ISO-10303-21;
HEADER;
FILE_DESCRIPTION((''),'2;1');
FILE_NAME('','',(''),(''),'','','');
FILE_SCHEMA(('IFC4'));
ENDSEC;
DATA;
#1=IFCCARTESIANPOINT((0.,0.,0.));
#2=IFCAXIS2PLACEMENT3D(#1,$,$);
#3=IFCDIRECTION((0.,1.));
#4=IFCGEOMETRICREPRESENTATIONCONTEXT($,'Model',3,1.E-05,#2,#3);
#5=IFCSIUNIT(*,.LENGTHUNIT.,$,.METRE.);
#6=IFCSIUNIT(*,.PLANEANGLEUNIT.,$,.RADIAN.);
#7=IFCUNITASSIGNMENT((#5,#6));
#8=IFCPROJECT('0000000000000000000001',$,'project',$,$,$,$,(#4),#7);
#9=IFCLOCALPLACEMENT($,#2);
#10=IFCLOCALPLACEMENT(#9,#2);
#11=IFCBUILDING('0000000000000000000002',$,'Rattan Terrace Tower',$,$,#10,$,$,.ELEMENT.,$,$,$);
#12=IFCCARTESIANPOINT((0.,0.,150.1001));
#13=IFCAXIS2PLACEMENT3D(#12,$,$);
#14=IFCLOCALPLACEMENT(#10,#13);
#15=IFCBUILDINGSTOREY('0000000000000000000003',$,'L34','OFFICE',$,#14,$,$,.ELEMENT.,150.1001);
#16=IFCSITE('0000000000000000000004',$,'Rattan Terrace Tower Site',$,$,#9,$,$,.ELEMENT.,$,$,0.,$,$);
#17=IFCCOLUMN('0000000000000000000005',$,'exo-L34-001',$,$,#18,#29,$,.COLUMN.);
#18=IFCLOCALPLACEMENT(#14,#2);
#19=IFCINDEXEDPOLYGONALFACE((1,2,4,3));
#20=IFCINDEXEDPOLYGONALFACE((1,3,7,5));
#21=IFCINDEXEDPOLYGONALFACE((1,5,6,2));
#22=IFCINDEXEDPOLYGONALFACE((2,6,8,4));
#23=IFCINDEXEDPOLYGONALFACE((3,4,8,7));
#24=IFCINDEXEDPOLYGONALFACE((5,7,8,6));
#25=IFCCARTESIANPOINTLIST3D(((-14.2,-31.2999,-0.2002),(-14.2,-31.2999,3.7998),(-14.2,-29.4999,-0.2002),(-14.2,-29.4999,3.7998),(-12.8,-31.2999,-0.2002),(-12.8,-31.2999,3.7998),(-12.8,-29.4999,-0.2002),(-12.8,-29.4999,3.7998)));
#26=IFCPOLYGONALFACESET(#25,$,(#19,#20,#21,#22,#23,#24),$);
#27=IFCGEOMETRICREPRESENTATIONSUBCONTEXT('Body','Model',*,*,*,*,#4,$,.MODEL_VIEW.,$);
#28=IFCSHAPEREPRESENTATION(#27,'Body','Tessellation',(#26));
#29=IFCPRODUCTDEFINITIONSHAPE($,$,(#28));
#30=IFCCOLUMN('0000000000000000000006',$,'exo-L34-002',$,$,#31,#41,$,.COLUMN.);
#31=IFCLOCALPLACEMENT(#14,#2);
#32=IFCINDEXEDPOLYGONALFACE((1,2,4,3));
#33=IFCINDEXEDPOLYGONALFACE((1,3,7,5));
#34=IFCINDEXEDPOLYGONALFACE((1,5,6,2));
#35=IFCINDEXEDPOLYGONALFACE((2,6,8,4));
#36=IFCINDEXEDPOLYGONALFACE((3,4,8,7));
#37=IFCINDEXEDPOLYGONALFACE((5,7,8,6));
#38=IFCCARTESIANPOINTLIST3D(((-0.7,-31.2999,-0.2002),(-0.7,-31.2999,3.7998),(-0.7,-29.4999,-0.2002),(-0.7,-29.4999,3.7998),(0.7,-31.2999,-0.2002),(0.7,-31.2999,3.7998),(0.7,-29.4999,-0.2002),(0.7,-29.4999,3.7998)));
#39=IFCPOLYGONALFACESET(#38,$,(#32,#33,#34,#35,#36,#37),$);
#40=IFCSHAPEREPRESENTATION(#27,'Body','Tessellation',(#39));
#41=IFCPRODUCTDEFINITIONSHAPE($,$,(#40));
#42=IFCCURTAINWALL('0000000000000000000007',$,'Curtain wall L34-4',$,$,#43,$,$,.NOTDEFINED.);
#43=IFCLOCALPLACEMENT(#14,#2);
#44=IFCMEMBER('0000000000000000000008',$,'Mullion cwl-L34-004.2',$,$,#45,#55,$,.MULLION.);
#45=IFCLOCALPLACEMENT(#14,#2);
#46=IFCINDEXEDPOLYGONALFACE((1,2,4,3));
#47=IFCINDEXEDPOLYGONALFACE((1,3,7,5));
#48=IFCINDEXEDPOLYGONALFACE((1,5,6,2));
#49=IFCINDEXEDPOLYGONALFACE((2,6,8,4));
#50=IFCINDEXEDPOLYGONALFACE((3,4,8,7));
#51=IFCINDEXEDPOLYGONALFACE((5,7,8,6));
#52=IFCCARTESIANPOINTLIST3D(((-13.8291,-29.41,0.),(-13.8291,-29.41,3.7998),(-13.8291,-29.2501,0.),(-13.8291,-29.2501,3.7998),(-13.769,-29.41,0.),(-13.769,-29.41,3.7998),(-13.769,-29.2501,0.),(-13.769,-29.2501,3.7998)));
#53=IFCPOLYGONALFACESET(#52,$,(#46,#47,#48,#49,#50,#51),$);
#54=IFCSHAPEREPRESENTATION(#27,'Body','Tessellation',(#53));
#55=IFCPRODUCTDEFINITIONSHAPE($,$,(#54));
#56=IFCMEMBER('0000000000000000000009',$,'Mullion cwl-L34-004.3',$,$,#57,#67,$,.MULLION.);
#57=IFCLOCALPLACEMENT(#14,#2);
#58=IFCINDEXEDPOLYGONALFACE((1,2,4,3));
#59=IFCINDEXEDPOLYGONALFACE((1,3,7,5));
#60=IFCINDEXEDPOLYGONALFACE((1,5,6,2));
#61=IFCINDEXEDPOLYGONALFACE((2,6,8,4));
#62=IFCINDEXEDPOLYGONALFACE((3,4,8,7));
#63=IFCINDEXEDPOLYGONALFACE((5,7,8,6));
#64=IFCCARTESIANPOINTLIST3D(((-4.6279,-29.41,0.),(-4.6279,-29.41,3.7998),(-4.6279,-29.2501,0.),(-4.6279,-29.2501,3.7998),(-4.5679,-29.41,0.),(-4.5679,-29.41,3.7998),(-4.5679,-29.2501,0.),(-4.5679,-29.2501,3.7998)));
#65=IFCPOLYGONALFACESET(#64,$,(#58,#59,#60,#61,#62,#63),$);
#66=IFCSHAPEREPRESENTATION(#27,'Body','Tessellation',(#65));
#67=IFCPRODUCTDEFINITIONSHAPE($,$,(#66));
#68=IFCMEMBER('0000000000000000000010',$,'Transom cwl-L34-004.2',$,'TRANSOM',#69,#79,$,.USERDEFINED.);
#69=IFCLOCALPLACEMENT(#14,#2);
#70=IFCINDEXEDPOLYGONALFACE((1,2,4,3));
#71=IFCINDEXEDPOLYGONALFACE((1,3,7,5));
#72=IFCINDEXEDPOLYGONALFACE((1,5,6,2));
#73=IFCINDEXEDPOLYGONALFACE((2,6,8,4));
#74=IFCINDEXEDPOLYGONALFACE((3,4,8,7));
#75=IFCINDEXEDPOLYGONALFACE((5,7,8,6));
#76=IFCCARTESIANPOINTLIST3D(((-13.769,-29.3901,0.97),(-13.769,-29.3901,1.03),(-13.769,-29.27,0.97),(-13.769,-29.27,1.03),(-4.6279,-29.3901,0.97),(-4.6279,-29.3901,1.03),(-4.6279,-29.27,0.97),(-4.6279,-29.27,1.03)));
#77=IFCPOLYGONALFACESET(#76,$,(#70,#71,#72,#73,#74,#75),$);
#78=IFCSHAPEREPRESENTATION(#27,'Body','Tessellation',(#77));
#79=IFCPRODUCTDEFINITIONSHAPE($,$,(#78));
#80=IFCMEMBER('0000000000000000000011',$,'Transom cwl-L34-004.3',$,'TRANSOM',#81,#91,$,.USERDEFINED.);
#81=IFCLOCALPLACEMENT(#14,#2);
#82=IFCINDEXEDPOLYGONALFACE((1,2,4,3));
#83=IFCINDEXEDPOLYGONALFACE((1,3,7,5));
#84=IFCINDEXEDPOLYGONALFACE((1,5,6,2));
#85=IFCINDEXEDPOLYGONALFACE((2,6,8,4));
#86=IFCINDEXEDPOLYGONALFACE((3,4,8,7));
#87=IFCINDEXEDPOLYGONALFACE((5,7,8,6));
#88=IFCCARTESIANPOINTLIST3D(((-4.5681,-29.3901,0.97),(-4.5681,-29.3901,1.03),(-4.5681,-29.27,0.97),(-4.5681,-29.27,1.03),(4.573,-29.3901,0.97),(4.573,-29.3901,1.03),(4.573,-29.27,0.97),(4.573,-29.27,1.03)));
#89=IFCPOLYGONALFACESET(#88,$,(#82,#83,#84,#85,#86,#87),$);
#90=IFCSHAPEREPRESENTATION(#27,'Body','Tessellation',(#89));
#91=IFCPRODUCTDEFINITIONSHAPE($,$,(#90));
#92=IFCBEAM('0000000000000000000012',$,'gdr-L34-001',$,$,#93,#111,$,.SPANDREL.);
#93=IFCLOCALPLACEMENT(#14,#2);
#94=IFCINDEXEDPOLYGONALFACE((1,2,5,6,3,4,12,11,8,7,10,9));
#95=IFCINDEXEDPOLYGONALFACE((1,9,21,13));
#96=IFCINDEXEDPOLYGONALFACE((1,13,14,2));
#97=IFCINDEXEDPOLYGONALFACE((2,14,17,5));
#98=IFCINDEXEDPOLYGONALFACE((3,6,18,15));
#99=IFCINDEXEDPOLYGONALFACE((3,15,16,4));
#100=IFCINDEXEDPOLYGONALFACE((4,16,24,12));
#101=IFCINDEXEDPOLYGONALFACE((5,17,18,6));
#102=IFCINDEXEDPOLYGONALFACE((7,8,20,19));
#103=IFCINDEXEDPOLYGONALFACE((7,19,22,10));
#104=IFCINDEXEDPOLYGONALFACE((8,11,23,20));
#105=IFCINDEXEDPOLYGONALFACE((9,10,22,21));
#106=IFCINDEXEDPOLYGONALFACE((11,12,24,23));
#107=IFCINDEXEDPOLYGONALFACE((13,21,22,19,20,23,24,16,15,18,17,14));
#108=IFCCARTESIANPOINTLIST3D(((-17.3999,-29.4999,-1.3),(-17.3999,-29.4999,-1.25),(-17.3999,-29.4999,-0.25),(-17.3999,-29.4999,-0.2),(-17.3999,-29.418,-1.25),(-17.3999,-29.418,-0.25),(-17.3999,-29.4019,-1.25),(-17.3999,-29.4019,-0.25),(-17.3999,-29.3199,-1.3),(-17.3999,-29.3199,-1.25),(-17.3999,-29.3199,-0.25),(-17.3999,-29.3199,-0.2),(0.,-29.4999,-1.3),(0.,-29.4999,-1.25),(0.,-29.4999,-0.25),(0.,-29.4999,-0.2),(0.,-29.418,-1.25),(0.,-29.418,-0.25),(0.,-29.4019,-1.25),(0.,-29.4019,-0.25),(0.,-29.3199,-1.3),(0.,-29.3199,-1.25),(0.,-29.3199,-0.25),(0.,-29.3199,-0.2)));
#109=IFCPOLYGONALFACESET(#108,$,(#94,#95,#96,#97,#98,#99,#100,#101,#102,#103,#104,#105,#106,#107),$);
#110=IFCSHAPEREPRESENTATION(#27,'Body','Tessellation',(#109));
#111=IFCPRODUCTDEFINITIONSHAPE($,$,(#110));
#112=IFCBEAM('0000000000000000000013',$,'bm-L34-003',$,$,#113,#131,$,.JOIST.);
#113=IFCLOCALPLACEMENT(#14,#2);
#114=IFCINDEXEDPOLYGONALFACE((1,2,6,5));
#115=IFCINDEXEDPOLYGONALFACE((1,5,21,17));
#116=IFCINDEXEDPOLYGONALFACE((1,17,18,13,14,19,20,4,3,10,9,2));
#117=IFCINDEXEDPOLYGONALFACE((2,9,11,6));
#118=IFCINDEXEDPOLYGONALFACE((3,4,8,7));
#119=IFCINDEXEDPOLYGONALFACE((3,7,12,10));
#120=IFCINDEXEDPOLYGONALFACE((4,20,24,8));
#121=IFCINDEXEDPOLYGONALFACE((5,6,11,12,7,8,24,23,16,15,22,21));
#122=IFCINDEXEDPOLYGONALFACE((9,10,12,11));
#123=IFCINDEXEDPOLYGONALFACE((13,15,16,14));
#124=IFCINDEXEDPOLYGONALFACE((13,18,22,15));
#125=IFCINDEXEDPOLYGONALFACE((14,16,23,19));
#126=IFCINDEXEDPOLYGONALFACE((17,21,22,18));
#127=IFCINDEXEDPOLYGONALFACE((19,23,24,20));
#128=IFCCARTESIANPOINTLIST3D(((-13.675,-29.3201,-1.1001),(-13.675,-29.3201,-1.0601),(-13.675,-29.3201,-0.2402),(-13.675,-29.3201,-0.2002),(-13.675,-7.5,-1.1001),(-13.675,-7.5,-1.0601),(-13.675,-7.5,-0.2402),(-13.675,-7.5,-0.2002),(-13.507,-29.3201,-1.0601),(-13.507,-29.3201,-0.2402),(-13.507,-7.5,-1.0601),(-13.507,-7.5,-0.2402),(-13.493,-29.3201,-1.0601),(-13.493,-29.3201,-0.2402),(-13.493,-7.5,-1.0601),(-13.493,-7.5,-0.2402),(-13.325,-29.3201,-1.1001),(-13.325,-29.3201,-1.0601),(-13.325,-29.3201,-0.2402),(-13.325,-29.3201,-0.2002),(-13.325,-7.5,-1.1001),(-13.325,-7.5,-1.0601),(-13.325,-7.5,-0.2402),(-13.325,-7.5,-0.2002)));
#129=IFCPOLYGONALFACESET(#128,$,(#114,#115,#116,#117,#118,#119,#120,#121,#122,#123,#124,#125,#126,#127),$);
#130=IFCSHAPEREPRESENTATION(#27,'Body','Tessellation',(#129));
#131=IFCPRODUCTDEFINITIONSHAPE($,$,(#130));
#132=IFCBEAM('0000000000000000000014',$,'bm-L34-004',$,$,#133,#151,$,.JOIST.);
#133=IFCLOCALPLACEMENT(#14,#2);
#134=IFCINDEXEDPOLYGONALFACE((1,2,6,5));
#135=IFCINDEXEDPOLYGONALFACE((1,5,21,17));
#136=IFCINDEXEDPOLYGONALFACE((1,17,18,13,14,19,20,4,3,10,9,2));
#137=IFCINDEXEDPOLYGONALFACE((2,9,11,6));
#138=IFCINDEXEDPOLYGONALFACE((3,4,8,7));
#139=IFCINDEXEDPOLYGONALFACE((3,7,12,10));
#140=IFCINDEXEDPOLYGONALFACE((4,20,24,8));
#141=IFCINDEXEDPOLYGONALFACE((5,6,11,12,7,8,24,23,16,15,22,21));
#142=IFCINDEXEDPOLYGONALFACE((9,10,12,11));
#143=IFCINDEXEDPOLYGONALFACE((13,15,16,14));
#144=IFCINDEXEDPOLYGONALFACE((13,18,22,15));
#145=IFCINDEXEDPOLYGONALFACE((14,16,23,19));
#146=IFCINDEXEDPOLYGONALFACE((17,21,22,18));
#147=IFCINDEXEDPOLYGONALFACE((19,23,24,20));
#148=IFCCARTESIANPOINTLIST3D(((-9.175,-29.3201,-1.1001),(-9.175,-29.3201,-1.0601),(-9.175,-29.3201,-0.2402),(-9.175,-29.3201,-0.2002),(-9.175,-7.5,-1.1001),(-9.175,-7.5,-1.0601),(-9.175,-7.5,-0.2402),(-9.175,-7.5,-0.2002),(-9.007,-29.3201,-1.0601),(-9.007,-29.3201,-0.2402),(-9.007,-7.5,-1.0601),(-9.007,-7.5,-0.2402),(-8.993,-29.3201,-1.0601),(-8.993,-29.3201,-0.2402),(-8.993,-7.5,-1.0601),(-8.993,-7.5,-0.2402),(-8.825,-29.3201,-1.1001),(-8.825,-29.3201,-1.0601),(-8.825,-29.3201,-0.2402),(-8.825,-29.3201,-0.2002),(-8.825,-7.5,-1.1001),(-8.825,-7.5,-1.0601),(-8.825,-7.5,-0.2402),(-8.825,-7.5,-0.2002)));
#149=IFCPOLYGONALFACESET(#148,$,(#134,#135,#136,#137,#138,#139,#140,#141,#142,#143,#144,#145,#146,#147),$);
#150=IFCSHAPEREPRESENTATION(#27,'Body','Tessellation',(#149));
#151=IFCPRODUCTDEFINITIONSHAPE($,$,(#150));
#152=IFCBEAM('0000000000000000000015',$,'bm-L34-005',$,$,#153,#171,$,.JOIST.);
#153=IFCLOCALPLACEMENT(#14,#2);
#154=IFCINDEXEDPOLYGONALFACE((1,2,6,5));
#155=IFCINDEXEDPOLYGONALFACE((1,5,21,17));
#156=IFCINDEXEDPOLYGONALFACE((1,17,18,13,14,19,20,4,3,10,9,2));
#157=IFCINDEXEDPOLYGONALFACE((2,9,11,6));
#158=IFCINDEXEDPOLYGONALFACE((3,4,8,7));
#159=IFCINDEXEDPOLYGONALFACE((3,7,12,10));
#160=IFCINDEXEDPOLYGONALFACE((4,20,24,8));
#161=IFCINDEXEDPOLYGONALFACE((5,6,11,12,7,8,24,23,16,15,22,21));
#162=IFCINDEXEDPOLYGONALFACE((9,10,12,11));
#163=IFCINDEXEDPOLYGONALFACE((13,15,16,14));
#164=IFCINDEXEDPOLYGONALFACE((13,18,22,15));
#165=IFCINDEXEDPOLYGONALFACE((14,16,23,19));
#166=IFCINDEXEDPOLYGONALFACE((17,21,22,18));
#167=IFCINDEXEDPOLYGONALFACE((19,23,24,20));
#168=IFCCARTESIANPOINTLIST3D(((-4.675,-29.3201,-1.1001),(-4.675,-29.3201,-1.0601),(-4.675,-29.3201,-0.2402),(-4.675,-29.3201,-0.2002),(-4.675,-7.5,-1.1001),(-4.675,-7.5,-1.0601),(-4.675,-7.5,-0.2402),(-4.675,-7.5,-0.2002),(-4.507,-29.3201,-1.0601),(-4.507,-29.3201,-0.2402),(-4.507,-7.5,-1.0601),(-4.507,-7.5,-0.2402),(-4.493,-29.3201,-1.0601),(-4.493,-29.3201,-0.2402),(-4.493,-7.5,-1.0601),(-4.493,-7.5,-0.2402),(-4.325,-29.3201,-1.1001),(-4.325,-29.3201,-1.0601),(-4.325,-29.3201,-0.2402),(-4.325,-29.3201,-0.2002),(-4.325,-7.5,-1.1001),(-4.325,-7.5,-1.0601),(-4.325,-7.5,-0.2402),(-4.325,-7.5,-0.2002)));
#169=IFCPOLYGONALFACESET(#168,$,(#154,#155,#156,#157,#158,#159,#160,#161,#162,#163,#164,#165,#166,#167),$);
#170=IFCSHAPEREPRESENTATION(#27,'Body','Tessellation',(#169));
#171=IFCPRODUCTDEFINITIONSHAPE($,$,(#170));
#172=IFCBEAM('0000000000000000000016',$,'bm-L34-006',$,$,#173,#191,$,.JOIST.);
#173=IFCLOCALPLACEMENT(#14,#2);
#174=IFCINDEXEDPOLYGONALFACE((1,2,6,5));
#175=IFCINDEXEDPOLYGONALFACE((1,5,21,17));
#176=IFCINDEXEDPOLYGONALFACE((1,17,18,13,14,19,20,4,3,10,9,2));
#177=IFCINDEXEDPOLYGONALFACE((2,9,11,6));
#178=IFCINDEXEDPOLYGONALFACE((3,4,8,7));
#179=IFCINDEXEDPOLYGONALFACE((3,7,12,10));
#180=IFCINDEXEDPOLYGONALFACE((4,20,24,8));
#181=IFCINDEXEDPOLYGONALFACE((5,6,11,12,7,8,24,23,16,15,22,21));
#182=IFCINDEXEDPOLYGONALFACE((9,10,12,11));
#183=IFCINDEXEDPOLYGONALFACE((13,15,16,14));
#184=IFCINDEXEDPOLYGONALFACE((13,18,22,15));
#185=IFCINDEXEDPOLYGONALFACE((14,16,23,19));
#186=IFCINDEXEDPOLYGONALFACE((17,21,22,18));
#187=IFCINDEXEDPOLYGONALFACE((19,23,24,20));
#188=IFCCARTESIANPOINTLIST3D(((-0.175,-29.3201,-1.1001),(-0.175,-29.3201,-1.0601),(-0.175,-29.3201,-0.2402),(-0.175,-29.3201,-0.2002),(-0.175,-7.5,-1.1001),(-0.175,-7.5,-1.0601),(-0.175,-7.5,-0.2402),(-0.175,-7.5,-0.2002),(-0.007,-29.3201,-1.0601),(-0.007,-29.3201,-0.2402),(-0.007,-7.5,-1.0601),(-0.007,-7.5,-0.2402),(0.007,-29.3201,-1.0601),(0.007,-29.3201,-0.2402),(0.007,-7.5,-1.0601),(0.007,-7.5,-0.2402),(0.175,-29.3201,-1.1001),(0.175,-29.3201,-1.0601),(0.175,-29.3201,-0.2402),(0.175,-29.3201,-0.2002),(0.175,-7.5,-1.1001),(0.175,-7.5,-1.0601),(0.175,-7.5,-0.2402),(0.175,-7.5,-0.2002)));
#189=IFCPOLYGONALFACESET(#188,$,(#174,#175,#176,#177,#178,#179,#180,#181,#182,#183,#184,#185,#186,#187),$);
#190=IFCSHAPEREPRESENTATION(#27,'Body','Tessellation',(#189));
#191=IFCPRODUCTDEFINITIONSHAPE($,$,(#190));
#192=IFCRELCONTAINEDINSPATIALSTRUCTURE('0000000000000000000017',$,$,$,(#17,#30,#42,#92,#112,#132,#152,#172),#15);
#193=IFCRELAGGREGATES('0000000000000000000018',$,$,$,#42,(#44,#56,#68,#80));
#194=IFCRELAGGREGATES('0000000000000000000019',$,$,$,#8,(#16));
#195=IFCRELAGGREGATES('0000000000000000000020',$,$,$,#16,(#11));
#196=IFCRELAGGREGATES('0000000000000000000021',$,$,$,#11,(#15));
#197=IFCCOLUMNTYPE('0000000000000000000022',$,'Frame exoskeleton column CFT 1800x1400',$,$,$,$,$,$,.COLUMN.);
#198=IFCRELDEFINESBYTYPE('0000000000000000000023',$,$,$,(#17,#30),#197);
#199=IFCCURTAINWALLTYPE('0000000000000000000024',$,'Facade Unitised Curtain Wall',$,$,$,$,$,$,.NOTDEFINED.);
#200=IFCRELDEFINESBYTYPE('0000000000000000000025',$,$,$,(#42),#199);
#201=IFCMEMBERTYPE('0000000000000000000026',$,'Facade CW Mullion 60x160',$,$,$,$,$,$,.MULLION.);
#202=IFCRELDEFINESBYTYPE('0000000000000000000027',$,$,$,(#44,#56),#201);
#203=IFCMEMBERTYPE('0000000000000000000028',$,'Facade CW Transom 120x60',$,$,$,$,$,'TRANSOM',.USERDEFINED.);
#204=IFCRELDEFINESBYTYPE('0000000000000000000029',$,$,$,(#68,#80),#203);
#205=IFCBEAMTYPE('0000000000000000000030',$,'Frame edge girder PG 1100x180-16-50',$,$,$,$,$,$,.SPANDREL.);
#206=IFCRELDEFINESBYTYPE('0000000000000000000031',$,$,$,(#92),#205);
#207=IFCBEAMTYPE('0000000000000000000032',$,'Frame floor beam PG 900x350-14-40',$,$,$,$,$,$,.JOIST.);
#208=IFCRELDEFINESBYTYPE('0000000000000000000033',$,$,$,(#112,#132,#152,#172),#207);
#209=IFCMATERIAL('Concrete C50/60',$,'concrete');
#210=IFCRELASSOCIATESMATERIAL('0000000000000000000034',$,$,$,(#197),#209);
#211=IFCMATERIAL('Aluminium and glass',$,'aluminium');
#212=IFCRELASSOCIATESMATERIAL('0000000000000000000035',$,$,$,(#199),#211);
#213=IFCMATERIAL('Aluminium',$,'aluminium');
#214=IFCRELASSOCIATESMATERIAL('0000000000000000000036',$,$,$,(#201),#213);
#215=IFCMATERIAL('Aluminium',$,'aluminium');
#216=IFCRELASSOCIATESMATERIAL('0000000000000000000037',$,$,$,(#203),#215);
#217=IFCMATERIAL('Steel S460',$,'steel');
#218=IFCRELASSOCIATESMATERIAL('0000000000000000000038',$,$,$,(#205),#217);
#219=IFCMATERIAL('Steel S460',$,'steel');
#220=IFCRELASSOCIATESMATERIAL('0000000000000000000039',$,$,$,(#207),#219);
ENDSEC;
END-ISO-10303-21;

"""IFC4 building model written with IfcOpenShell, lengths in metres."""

from ifc_helpers import new_model, si_unit, direction, frame, origin, origin_2d, place, context, subcontext, project, spatial, rectangle, i_section, extrude, material, material_profile, profile_set, type_object, element, aggregate, save


model = new_model("IFC4")

# Units and contexts
model_context = context("Model", 3, precision=1e-05, world=origin(), true_north=direction((0.0, 1.0)))
body_context = subcontext(model_context, "Body", "Model", "MODEL_VIEW")
ifc_project = project(units=[si_unit("LENGTHUNIT", "METRE"), si_unit("PLANEANGLEUNIT", "RADIAN")], contexts=[model_context])

# Site, building, storey
site_placement = place(None, origin())
site = spatial("IfcSite", under=ifc_project, at=site_placement, Name="Rattan Terrace Tower Site", CompositionType="ELEMENT", RefElevation=0.0)
building_placement = place(site_placement, origin())
building = spatial("IfcBuilding", under=site, at=building_placement, Name="Rattan Terrace Tower", CompositionType="ELEMENT")
storey_placement = place(building_placement, frame((0.0, 0.0, 150.1001)))
storey = spatial("IfcBuildingStorey", under=building, at=storey_placement, Name="L34", Description="OFFICE", CompositionType="ELEMENT", Elevation=150.1001)

# Columns
ifc_material_1 = material(Name="Concrete C50/60", Category="concrete")
ifc_material_profile_1 = material_profile(ifc_material_1, rectangle(XDim=1.3999, YDim=1.8, at=origin_2d()), Name="CFT 1800x1400")
ifc_profile_set_1 = profile_set([ifc_material_profile_1], Name="Concrete C50/60")
column_type = type_object("IfcColumnType", Name="Frame exoskeleton column CFT 1800x1400", PredefinedType="COLUMN", material=ifc_profile_set_1)
for number, where, z_axis, x_axis, name in (
    (1, (-13.5, -30.3999, -0.2002), (0.0, 0.0, 1.0), (1.0, 0.0, 0.0), "exo-L34-001"),
    (2, (0.0, -30.3999, -0.2002), (0.0, 0.0, 1.0), (1.0, 0.0, 0.0), "exo-L34-002"),
):
    element("IfcColumn", number, at=place(storey_placement, frame(where, z_axis=z_axis, x_axis=x_axis)), inside=storey, type_object=column_type, Name=name, PredefinedType="COLUMN", context=body_context, shape_type="SweptSolid", body=[
        extrude(rectangle(XDim=1.3999, YDim=1.8, at=origin_2d()), origin(), (0.0, 0.0, 1.0), 4.0),
    ])

# Curtain wall, members
ifc_material_2 = material(Name="Aluminium and glass", Category="aluminium")
curtain_wall_type = type_object("IfcCurtainWallType", Name="Facade Unitised Curtain Wall", PredefinedType="NOTDEFINED", material=ifc_material_2)
curtain_wall_placement = place(storey_placement, origin())
curtain_wall = element("IfcCurtainWall", 3, at=curtain_wall_placement, inside=storey, type_object=curtain_wall_type, Name="Curtain wall L34-4", PredefinedType="NOTDEFINED")
ifc_material_3 = material(Name="Aluminium", Category="aluminium")
ifc_material_profile_2 = material_profile(ifc_material_3, rectangle(XDim=0.0601, YDim=0.1599, at=origin_2d()), Name="Aluminium 60x160")
ifc_profile_set_2 = profile_set([ifc_material_profile_2], Name="Aluminium")
member_type_1 = type_object("IfcMemberType", Name="Facade CW Mullion 60x160", PredefinedType="MULLION", material=ifc_profile_set_2)
member_1_placement = place(storey_placement, frame((-13.7991, -29.3301, 0.0), z_axis=(0.0, 0.0, 1.0), x_axis=(1.0, 0.0, 0.0)))
member_1 = element("IfcMember", 4, at=member_1_placement, type_object=member_type_1, Name="Mullion cwl-L34-004.2", PredefinedType="MULLION", context=body_context, shape_type="SweptSolid", body=[
    extrude(rectangle(XDim=0.0601, YDim=0.1599, at=origin_2d()), origin(), (0.0, 0.0, 1.0), 3.7998),
])
member_2_placement = place(storey_placement, frame((-4.5979, -29.3301, 0.0), z_axis=(0.0, 0.0, 1.0), x_axis=(1.0, 0.0, 0.0)))
member_2 = element("IfcMember", 5, at=member_2_placement, type_object=member_type_1, Name="Mullion cwl-L34-004.3", PredefinedType="MULLION", context=body_context, shape_type="SweptSolid", body=[
    extrude(rectangle(XDim=0.0601, YDim=0.1599, at=origin_2d()), origin(), (0.0, 0.0, 1.0), 3.7998),
])
ifc_material_4 = material(Name="Aluminium", Category="aluminium")
ifc_material_profile_3 = material_profile(ifc_material_4, rectangle(XDim=0.1201, YDim=0.0601, at=origin_2d()), Name="Aluminium 120x60")
ifc_profile_set_3 = profile_set([ifc_material_profile_3], Name="Aluminium")
member_type_2 = type_object("IfcMemberType", Name="Facade CW Transom 120x60", ElementType="TRANSOM", PredefinedType="USERDEFINED", material=ifc_profile_set_3)
member_3_placement = place(storey_placement, frame((-13.769, -29.3301, 1.0), z_axis=(1.0, 0.0, 0.0), x_axis=(0.0, 1.0, 0.0)))
member_3 = element("IfcMember", 6, at=member_3_placement, type_object=member_type_2, Name="Transom cwl-L34-004.2", ObjectType="TRANSOM", PredefinedType="USERDEFINED", context=body_context, shape_type="SweptSolid", body=[
    extrude(rectangle(XDim=0.1201, YDim=0.0601, at=origin_2d()), origin(), (0.0, 0.0, 1.0), 9.1411),
])
member_4_placement = place(storey_placement, frame((-4.5681, -29.3301, 1.0), z_axis=(1.0, 0.0, 0.0), x_axis=(0.0, 1.0, 0.0)))
member_4 = element("IfcMember", 7, at=member_4_placement, type_object=member_type_2, Name="Transom cwl-L34-004.3", ObjectType="TRANSOM", PredefinedType="USERDEFINED", context=body_context, shape_type="SweptSolid", body=[
    extrude(rectangle(XDim=0.1201, YDim=0.0601, at=origin_2d()), origin(), (0.0, 0.0, 1.0), 9.1411),
])

# Beams
ifc_material_5 = material(Name="Steel S460", Category="steel")
ifc_material_profile_4 = material_profile(ifc_material_5, i_section(OverallWidth=0.1799, OverallDepth=1.1001, WebThickness=0.0161, FlangeThickness=0.05, at=origin_2d()), Name="PG 1100x180-16-50")
ifc_profile_set_4 = profile_set([ifc_material_profile_4], Name="Steel S460")
beam_type_1 = type_object("IfcBeamType", Name="Frame edge girder PG 1100x180-16-50", PredefinedType="SPANDREL", material=ifc_profile_set_4)
beam_placement = place(storey_placement, frame((-17.3999, -29.4099, -0.75), z_axis=(1.0, 0.0, 0.0), x_axis=(0.0, 1.0, 0.0)))
element("IfcBeam", 8, at=beam_placement, inside=storey, type_object=beam_type_1, Name="gdr-L34-001", PredefinedType="SPANDREL", context=body_context, shape_type="SweptSolid", body=[
    extrude(i_section(OverallWidth=0.1799, OverallDepth=1.1001, WebThickness=0.0161, FlangeThickness=0.05, at=origin_2d()), origin(), (0.0, 0.0, 1.0), 17.3999),
])
ifc_material_6 = material(Name="Steel S460", Category="steel")
ifc_material_profile_5 = material_profile(ifc_material_6, i_section(OverallWidth=0.3501, OverallDepth=0.8999, WebThickness=0.0139, FlangeThickness=0.04, at=origin_2d()), Name="PG 900x350-14-40")
ifc_profile_set_5 = profile_set([ifc_material_profile_5], Name="Steel S460")
beam_type_2 = type_object("IfcBeamType", Name="Frame floor beam PG 900x350-14-40", PredefinedType="JOIST", material=ifc_profile_set_5)
for number, where, z_axis, x_axis, name in (
    (9, (-13.5, -29.3201, -0.6501), (0.0, 1.0, 0.0), (-1.0, 0.0, 0.0), "bm-L34-003"),
    (10, (-9.0, -29.3201, -0.6501), (0.0, 1.0, 0.0), (-1.0, 0.0, 0.0), "bm-L34-004"),
    (11, (-4.5, -29.3201, -0.6501), (0.0, 1.0, 0.0), (-1.0, 0.0, 0.0), "bm-L34-005"),
    (12, (0.0, -29.3201, -0.6501), (0.0, 1.0, 0.0), (-1.0, 0.0, 0.0), "bm-L34-006"),
):
    element("IfcBeam", number, at=place(storey_placement, frame(where, z_axis=z_axis, x_axis=x_axis)), inside=storey, type_object=beam_type_2, Name=name, PredefinedType="JOIST", context=body_context, shape_type="SweptSolid", body=[
        extrude(i_section(OverallWidth=0.3501, OverallDepth=0.8999, WebThickness=0.0139, FlangeThickness=0.04, at=origin_2d()), origin(), (0.0, 0.0, 1.0), 21.8201),
    ])

aggregate(curtain_wall, [member_1, member_2, member_3, member_4])

save(model, "model.ifc")
